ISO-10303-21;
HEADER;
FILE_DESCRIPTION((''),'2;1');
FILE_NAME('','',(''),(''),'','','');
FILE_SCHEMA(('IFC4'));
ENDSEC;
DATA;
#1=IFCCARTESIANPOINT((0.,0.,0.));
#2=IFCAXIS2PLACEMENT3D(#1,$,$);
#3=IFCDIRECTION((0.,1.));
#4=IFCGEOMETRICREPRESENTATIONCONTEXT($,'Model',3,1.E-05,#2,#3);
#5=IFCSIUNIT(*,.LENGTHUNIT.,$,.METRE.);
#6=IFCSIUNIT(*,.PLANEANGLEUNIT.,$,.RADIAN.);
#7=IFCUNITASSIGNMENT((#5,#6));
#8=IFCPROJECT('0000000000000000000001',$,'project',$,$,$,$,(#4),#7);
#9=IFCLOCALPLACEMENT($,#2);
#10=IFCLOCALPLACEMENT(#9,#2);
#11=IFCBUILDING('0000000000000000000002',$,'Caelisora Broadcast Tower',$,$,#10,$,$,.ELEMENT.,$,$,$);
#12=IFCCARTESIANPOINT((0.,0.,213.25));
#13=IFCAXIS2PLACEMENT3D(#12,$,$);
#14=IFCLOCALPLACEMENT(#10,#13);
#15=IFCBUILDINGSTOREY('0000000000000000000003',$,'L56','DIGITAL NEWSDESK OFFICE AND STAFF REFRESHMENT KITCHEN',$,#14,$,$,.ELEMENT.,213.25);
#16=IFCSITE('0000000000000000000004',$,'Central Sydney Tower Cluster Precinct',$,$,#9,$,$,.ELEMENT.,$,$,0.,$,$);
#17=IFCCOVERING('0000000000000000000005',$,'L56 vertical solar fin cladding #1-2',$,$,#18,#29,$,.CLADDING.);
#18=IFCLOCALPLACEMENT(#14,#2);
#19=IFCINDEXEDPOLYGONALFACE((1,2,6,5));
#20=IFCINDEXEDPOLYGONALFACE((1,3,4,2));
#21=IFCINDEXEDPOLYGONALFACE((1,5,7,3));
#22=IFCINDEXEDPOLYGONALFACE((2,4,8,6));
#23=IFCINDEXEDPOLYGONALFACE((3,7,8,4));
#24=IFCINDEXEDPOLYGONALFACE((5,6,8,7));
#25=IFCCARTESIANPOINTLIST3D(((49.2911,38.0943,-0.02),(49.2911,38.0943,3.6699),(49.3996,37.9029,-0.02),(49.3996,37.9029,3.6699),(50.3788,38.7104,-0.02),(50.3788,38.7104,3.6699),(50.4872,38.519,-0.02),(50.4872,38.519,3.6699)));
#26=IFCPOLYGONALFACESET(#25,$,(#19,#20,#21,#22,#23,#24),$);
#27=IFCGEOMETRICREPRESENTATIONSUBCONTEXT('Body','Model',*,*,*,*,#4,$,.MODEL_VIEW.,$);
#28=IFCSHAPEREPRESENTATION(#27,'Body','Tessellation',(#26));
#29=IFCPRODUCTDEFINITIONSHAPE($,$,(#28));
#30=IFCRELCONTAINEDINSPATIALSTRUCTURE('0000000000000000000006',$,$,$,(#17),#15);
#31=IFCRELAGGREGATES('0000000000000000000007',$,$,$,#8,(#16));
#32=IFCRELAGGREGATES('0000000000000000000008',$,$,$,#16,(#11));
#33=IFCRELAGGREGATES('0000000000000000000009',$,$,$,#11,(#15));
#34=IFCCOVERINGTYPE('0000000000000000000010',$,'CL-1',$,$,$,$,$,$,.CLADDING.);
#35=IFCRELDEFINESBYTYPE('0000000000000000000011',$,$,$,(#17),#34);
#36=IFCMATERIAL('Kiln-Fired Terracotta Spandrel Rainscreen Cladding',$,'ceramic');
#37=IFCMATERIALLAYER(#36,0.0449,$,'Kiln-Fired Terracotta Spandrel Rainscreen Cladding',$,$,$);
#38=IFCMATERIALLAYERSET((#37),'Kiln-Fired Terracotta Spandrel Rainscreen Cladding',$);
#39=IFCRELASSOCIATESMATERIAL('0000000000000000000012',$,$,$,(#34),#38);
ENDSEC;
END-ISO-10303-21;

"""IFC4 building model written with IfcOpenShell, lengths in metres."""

from ifc_helpers import new_model, si_unit, direction, frame, origin, origin_2d, place, context, subcontext, project, spatial, rectangle, extrude, source, transform, mapped, material, layer, layer_set, type_object, type_shapes, element, save


model = new_model("IFC4")

# Units and contexts
model_context = context("Model", 3, precision=1e-05, world=origin(), true_north=direction((0.0, 1.0)))
body_context = subcontext(model_context, "Body", "Model", "MODEL_VIEW")
ifc_project = project(units=[si_unit("LENGTHUNIT", "METRE"), si_unit("PLANEANGLEUNIT", "RADIAN")], contexts=[model_context])

# Site, building, storey
site_placement = place(None, origin())
site = spatial("IfcSite", under=ifc_project, at=site_placement, Name="Central Sydney Tower Cluster Precinct", CompositionType="ELEMENT", RefElevation=0.0)
building_placement = place(site_placement, origin())
building = spatial("IfcBuilding", under=site, at=building_placement, Name="Caelisora Broadcast Tower", CompositionType="ELEMENT")
storey_placement = place(building_placement, frame((0.0, 0.0, 213.25)))
storey = spatial("IfcBuildingStorey", under=building, at=storey_placement, Name="L56", Description="DIGITAL NEWSDESK OFFICE AND STAFF REFRESHMENT KITCHEN", CompositionType="ELEMENT", Elevation=213.25)

# Covering
ifc_material_1 = material(Name="Kiln-Fired Terracotta Spandrel Rainscreen Cladding", Category="ceramic")
ifc_layer_1 = layer(ifc_material_1, 0.0449, Name="Kiln-Fired Terracotta Spandrel Rainscreen Cladding")
ifc_layer_set_1 = layer_set([ifc_layer_1], Name="Kiln-Fired Terracotta Spandrel Rainscreen Cladding")
covering_type = type_object("IfcCoveringType", Name="CL-1", PredefinedType="CLADDING", material=ifc_layer_set_1)
shared_shape_1 = source(origin(), body_context, "Body", "SweptSolid", [
    extrude(rectangle(XDim=0.22, YDim=1.25, at=origin_2d()), origin(), (0.0, 0.0, 1.0), 3.6899),
])
type_shapes(covering_type, [shared_shape_1])
for number, where, z_axis, x_axis, name in (
    (1, (49.8892, 38.3066, -0.02), (0.0, 0.0, 1.0), (0.492879, -0.870098, 0.0), "L56 vertical solar fin cladding #1-2"),
):
    element("IfcCovering", number, at=place(storey_placement, frame(where, z_axis=z_axis, x_axis=x_axis)), inside=storey, type_object=covering_type, Name=name, PredefinedType="CLADDING", context=body_context, shape_type="MappedRepresentation", body=[
        mapped(shared_shape_1, transform((0.0, 0.0, 0.0), scale=1.0)),
    ])

save(model, "model.ifc")
